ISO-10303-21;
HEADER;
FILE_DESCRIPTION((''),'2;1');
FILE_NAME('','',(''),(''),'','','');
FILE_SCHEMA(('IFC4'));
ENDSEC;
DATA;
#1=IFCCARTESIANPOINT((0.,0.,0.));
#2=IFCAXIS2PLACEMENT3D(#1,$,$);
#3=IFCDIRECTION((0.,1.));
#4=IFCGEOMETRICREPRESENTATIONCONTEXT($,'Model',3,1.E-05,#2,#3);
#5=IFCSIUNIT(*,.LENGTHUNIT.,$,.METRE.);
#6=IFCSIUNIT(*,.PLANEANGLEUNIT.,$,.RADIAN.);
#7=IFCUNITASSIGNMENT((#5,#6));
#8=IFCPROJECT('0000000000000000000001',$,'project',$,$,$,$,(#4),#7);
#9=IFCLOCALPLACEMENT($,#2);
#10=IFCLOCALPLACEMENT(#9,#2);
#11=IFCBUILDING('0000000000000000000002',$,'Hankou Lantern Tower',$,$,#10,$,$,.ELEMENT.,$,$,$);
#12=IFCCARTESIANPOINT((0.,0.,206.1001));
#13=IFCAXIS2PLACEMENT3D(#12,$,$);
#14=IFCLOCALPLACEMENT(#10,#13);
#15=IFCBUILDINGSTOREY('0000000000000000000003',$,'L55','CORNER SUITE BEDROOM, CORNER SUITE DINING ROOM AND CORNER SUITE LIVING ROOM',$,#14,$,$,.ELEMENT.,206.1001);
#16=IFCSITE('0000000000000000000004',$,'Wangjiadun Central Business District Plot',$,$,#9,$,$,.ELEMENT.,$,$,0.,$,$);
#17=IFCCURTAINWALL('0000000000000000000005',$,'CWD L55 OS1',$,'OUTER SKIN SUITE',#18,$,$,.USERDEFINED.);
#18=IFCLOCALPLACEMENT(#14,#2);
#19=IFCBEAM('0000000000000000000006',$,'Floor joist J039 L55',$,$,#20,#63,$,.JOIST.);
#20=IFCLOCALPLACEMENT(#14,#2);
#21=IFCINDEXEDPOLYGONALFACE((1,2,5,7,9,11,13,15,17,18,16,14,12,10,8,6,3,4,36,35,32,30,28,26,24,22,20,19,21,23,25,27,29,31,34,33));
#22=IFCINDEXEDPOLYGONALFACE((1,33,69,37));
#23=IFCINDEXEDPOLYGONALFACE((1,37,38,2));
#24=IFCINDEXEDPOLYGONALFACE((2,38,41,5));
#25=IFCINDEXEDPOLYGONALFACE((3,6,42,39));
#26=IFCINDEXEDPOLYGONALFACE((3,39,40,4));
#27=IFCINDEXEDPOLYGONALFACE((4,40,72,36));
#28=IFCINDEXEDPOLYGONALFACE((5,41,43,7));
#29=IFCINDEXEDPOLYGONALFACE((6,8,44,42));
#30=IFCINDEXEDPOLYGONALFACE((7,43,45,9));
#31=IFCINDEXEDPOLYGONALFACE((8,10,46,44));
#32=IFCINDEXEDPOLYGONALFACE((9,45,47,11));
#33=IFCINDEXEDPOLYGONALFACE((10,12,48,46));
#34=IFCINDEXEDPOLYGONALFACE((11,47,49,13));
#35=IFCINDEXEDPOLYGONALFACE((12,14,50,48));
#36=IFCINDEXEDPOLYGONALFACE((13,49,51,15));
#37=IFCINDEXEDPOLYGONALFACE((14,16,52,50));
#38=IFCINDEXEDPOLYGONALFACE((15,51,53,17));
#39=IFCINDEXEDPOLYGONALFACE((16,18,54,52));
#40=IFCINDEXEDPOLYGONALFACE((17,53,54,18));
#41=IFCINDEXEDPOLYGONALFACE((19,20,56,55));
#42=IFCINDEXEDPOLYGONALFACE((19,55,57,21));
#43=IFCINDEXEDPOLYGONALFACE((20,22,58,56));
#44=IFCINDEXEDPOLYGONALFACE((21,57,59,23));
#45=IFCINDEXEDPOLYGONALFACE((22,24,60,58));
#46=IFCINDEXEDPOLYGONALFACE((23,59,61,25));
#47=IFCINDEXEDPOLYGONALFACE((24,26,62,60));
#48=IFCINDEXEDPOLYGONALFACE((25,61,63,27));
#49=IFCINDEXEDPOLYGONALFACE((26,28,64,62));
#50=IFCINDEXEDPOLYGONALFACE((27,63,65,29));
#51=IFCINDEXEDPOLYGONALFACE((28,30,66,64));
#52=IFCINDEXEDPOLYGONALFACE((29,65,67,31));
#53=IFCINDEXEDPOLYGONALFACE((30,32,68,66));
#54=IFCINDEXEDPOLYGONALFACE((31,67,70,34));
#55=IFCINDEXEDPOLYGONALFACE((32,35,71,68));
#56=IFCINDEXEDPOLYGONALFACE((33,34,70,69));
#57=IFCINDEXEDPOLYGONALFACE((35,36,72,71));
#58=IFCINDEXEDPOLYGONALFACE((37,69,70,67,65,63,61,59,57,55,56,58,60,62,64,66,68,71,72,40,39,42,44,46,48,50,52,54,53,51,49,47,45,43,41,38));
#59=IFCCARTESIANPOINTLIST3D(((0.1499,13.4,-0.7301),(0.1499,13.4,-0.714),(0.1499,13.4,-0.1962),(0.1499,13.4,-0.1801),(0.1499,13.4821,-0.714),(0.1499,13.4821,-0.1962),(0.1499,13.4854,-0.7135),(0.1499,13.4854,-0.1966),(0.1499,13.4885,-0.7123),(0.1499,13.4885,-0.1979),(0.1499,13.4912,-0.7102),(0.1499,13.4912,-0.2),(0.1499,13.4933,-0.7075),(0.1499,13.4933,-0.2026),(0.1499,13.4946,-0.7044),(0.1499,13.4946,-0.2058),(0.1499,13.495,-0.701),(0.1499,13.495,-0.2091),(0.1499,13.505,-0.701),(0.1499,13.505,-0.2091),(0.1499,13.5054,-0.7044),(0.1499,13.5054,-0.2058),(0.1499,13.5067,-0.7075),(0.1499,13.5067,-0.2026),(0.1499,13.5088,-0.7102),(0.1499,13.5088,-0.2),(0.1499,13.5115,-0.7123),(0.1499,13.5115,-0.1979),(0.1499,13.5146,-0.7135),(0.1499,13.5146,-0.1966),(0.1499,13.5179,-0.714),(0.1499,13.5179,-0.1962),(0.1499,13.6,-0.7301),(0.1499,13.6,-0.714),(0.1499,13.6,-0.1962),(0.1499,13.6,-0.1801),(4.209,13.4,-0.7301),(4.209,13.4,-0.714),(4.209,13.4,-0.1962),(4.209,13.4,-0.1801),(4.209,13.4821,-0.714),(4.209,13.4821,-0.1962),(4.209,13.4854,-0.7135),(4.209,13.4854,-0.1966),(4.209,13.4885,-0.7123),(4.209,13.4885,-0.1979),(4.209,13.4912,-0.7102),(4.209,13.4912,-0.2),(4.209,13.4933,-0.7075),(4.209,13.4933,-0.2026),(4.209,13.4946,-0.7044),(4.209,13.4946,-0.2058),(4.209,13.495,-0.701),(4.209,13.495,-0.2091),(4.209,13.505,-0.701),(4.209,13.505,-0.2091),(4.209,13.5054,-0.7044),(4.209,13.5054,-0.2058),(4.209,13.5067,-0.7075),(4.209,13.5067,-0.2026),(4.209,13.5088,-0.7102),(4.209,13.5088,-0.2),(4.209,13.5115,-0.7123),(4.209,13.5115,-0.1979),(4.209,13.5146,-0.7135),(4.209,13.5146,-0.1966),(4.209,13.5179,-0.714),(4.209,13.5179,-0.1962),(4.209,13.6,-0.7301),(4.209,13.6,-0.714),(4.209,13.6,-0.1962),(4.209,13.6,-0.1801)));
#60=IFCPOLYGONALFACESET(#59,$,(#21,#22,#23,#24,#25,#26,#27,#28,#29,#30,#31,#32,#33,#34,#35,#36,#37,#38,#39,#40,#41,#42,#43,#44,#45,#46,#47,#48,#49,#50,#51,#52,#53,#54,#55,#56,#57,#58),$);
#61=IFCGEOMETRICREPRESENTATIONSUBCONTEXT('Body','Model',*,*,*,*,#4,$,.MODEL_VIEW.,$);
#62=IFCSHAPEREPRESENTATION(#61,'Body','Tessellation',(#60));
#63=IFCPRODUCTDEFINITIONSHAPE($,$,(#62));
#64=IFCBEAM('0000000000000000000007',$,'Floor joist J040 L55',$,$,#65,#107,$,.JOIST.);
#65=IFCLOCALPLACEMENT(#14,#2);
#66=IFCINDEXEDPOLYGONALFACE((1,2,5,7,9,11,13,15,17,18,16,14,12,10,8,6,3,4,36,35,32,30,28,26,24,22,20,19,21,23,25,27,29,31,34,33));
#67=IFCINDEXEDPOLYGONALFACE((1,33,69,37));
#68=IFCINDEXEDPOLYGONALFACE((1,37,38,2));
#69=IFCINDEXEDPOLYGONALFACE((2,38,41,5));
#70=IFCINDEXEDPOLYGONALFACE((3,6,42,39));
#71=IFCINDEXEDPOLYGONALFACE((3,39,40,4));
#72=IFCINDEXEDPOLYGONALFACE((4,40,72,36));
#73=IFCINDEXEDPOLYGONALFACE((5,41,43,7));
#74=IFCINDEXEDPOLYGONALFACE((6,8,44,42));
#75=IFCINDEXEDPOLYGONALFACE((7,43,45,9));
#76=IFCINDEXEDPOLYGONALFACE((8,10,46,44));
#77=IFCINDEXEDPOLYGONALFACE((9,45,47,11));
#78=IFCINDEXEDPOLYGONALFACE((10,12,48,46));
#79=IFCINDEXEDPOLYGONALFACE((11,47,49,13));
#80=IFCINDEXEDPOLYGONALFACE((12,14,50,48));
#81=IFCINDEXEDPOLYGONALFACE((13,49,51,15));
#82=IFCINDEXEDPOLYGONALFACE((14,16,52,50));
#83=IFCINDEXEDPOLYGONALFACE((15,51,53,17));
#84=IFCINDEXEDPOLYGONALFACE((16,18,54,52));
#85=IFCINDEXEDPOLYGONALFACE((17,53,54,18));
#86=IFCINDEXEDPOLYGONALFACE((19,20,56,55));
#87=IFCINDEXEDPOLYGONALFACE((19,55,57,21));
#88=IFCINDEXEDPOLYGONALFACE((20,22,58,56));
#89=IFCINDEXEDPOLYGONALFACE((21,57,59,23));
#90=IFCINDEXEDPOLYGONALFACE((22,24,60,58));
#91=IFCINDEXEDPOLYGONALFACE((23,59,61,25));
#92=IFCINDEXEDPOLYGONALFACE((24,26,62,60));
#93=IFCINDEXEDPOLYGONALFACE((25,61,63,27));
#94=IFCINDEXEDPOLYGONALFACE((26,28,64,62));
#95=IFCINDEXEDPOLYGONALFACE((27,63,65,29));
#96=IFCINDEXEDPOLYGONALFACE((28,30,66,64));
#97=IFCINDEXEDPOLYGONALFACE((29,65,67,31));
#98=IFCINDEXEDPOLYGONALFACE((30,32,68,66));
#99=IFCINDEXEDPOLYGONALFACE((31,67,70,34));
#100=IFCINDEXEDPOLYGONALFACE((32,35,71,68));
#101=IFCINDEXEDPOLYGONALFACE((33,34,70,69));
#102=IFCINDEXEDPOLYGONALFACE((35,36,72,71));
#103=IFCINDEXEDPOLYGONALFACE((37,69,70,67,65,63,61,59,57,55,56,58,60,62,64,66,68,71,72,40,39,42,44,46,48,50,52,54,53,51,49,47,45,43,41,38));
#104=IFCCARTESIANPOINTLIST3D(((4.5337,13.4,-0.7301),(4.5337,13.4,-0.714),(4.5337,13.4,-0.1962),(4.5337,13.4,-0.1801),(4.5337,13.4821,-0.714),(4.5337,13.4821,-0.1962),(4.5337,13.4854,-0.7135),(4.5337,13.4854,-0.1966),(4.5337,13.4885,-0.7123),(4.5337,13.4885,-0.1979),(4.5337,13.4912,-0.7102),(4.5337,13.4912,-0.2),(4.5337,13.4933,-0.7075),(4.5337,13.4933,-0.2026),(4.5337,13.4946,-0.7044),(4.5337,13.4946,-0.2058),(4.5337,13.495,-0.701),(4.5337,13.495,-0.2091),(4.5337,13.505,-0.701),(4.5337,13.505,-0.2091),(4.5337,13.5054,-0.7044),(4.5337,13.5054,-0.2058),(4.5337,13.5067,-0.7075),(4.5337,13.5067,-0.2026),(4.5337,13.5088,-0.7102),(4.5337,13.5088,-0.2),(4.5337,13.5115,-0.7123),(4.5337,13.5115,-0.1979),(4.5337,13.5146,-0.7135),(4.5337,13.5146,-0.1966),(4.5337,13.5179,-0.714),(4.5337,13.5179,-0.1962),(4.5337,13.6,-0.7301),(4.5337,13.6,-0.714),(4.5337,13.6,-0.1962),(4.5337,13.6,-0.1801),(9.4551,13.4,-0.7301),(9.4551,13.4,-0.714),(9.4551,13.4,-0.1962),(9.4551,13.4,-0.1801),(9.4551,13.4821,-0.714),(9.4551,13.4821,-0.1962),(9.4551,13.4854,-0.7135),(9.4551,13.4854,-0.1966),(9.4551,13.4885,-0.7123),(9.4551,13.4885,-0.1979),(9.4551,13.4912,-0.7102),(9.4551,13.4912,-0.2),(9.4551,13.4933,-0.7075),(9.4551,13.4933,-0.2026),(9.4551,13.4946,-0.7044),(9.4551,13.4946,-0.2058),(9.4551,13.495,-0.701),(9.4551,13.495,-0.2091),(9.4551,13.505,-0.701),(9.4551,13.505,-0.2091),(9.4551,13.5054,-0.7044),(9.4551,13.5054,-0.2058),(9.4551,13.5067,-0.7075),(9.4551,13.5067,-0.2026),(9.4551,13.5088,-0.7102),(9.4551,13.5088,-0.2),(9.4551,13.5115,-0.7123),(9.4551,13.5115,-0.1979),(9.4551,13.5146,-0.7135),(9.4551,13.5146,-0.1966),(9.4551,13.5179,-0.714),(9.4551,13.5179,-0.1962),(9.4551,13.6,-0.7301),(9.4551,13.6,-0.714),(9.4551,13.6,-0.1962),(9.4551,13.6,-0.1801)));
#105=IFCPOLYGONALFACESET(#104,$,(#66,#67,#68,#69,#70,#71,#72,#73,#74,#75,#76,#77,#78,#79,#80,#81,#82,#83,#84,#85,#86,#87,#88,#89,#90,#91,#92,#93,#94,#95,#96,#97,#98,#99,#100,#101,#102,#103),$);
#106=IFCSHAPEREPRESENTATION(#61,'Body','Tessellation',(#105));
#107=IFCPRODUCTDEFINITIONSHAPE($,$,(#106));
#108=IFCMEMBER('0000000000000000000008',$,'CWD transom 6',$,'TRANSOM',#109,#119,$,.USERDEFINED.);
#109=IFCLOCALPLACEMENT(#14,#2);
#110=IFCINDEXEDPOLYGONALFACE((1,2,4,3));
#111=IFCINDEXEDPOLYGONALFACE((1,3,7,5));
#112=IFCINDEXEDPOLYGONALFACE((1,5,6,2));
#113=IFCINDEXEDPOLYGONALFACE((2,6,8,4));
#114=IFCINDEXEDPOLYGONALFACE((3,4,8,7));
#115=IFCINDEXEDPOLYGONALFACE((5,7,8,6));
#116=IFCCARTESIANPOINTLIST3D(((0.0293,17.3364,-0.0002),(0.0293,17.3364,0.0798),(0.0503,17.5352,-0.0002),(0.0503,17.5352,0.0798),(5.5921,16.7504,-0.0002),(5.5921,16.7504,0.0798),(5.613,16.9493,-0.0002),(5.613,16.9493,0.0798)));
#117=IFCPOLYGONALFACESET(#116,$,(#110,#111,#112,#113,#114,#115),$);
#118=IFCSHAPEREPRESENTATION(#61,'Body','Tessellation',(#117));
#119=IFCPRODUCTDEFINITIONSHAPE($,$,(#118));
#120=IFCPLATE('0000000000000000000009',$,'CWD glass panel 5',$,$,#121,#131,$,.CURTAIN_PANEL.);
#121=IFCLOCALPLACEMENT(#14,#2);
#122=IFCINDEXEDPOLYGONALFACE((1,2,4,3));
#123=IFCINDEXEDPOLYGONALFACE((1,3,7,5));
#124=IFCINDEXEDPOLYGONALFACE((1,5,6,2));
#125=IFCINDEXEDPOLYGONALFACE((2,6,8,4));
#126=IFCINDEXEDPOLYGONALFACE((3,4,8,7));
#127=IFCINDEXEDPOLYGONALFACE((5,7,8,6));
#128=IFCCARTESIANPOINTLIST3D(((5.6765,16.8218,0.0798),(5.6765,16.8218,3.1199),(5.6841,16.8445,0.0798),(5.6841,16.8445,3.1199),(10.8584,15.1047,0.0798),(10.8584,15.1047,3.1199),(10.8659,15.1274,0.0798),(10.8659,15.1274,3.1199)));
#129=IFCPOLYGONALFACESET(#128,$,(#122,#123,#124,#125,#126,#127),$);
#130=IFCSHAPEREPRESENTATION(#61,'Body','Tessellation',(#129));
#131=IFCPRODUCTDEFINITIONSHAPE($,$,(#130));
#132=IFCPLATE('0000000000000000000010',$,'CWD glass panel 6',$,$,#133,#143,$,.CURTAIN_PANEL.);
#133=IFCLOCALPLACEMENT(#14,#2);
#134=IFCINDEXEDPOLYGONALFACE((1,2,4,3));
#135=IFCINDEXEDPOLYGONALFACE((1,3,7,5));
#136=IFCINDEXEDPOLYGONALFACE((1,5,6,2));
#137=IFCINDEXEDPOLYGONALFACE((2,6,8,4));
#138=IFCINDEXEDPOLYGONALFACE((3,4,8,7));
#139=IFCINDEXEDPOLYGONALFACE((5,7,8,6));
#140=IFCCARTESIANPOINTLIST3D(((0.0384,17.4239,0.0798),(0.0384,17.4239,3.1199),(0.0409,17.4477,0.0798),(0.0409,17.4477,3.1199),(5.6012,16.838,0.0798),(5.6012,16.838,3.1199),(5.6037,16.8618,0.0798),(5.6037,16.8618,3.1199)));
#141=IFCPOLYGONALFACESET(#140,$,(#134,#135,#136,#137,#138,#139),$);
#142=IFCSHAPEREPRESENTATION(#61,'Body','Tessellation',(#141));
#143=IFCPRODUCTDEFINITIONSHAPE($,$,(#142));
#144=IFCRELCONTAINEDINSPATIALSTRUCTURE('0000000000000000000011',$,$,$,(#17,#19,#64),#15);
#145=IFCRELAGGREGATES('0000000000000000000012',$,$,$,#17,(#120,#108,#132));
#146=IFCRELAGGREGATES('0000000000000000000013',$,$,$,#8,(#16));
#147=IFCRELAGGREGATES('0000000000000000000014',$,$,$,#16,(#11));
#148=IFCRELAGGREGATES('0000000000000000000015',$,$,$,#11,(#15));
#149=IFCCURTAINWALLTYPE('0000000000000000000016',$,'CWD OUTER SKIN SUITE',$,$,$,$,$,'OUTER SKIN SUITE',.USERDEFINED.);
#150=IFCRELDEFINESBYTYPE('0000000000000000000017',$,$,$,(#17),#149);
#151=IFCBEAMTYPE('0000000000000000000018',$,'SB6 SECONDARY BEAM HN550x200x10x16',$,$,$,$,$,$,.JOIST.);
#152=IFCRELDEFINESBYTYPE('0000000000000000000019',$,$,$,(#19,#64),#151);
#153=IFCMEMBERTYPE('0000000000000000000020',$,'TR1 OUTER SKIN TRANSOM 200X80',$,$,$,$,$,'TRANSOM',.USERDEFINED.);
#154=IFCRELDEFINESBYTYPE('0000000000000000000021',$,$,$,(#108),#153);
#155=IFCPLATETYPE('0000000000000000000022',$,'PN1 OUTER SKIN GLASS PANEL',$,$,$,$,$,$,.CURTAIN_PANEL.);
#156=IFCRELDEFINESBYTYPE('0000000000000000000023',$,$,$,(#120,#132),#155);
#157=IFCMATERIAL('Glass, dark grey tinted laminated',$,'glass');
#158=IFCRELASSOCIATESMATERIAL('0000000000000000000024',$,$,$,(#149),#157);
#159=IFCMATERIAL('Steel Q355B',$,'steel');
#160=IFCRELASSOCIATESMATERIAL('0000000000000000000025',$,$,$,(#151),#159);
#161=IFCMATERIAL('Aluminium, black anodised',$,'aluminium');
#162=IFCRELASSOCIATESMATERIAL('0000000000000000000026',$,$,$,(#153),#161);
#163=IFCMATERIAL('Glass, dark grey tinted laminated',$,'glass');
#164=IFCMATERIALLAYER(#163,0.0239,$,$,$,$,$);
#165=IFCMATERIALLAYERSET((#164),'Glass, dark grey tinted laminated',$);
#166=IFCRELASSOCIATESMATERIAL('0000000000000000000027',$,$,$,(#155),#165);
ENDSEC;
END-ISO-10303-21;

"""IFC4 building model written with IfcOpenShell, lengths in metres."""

from ifc_helpers import new_model, si_unit, direction, frame, origin, origin_2d, place, context, subcontext, project, spatial, rectangle, i_section, extrude, material, layer, layer_set, material_profile, profile_set, type_object, element, aggregate, save


model = new_model("IFC4")

# Units and contexts
model_context = context("Model", 3, precision=1e-05, world=origin(), true_north=direction((0.0, 1.0)))
body_context = subcontext(model_context, "Body", "Model", "MODEL_VIEW")
ifc_project = project(units=[si_unit("LENGTHUNIT", "METRE"), si_unit("PLANEANGLEUNIT", "RADIAN")], contexts=[model_context])

# Site, building, storey
site_placement = place(None, origin())
site = spatial("IfcSite", under=ifc_project, at=site_placement, Name="Wangjiadun Central Business District Plot", CompositionType="ELEMENT", RefElevation=0.0)
building_placement = place(site_placement, origin())
building = spatial("IfcBuilding", under=site, at=building_placement, Name="Hankou Lantern Tower", CompositionType="ELEMENT")
storey_placement = place(building_placement, frame((0.0, 0.0, 206.1001)))
storey = spatial("IfcBuildingStorey", under=building, at=storey_placement, Name="L55", Description="CORNER SUITE BEDROOM, CORNER SUITE DINING ROOM AND CORNER SUITE LIVING ROOM", CompositionType="ELEMENT", Elevation=206.1001)

# Curtain wall
ifc_material_1 = material(Name="Glass, dark grey tinted laminated", Category="glass")
curtain_wall_type = type_object("IfcCurtainWallType", Name="CWD OUTER SKIN SUITE", ElementType="OUTER SKIN SUITE", PredefinedType="USERDEFINED", material=ifc_material_1)
curtain_wall_1_placement = place(storey_placement, origin())
curtain_wall_1 = element("IfcCurtainWall", 1, at=curtain_wall_1_placement, inside=storey, type_object=curtain_wall_type, Name="CWD L55 OS1", ObjectType="OUTER SKIN SUITE", PredefinedType="USERDEFINED")

# Beams
ifc_material_2 = material(Name="Steel Q355B", Category="steel")
ifc_material_profile_1 = material_profile(ifc_material_2, i_section(OverallWidth=0.2, OverallDepth=0.55, WebThickness=0.01, FlangeThickness=0.0161, FilletRadius=0.0129, at=origin_2d()), Name="HN550x200x10x16")
ifc_profile_set_1 = profile_set([ifc_material_profile_1], Name="Steel Q355B")
beam_type_1 = type_object("IfcBeamType", Name="SB6 SECONDARY BEAM HN550x200x10x16", PredefinedType="JOIST", material=ifc_profile_set_1)
beam_1_placement = place(storey_placement, frame((0.1499, 13.5, -0.4551), z_axis=(1.0, 0.0, 0.0), x_axis=(0.0, 1.0, 0.0)))
element("IfcBeam", 2, at=beam_1_placement, inside=storey, type_object=beam_type_1, Name="Floor joist J039 L55", PredefinedType="JOIST", context=body_context, shape_type="SweptSolid", body=[
    extrude(i_section(OverallWidth=0.2, OverallDepth=0.55, WebThickness=0.01, FlangeThickness=0.0161, FilletRadius=0.0129, at=origin_2d()), origin(), (0.0, 0.0, 1.0), 4.0591),
])
beam_2_placement = place(storey_placement, frame((4.5337, 13.5, -0.4551), z_axis=(1.0, 0.0, 0.0), x_axis=(0.0, 1.0, 0.0)))
element("IfcBeam", 3, at=beam_2_placement, inside=storey, type_object=beam_type_1, Name="Floor joist J040 L55", PredefinedType="JOIST", context=body_context, shape_type="SweptSolid", body=[
    extrude(i_section(OverallWidth=0.2, OverallDepth=0.55, WebThickness=0.01, FlangeThickness=0.0161, FilletRadius=0.0129, at=origin_2d()), origin(), (0.0, 0.0, 1.0), 4.9214),
])

# Member
ifc_material_3 = material(Name="Aluminium, black anodised", Category="aluminium")
ifc_material_profile_2 = material_profile(ifc_material_3, rectangle(XDim=0.2, YDim=0.0801, at=origin_2d()), Name="TR1 200X80")
ifc_profile_set_2 = profile_set([ifc_material_profile_2], Name="Aluminium, black anodised")
member_type_1 = type_object("IfcMemberType", Name="TR1 OUTER SKIN TRANSOM 200X80", ElementType="TRANSOM", PredefinedType="USERDEFINED", material=ifc_profile_set_2)
member_1_placement = place(storey_placement, frame((5.6025, 16.8499, 0.0398), z_axis=(-0.994498, 0.104753, 0.0), x_axis=(-0.104753, -0.994498, 0.0)))
member_1 = element("IfcMember", 4, at=member_1_placement, type_object=member_type_1, Name="CWD transom 6", ObjectType="TRANSOM", PredefinedType="USERDEFINED", context=body_context, shape_type="SweptSolid", body=[
    extrude(rectangle(XDim=0.2, YDim=0.0801, at=origin_2d()), origin(), (0.0, 0.0, 1.0), 5.5935),
])

# Plates
ifc_material_4 = material(Name="Glass, dark grey tinted laminated", Category="glass")
ifc_layer_1 = layer(ifc_material_4, 0.0239)
ifc_layer_set_1 = layer_set([ifc_layer_1], Name="Glass, dark grey tinted laminated")
plate_type = type_object("IfcPlateType", Name="PN1 OUTER SKIN GLASS PANEL", PredefinedType="CURTAIN_PANEL", material=ifc_layer_set_1)
plate_1_placement = place(storey_placement, frame((8.2712, 15.9746, 0.0798), z_axis=(0.0, 0.0, 1.0), x_axis=(-0.949241, 0.314551, 0.0)))
plate_1 = element("IfcPlate", 5, at=plate_1_placement, type_object=plate_type, Name="CWD glass panel 5", PredefinedType="CURTAIN_PANEL", context=body_context, shape_type="SweptSolid", body=[
    extrude(rectangle(XDim=5.459, YDim=0.0239, at=origin_2d()), origin(), (0.0, 0.0, 1.0), 3.04),
])
plate_2_placement = place(storey_placement, frame((2.821, 17.1428, 0.0798), z_axis=(0.0, 0.0, 1.0), x_axis=(-0.994499, 0.104743, 0.0)))
plate_2 = element("IfcPlate", 6, at=plate_2_placement, type_object=plate_type, Name="CWD glass panel 6", PredefinedType="CURTAIN_PANEL", context=body_context, shape_type="SweptSolid", body=[
    extrude(rectangle(XDim=5.5935, YDim=0.0239, at=origin_2d()), origin(), (0.0, 0.0, 1.0), 3.04),
])
aggregate(curtain_wall_1, [plate_1, member_1, plate_2])

save(model, "model.ifc")
